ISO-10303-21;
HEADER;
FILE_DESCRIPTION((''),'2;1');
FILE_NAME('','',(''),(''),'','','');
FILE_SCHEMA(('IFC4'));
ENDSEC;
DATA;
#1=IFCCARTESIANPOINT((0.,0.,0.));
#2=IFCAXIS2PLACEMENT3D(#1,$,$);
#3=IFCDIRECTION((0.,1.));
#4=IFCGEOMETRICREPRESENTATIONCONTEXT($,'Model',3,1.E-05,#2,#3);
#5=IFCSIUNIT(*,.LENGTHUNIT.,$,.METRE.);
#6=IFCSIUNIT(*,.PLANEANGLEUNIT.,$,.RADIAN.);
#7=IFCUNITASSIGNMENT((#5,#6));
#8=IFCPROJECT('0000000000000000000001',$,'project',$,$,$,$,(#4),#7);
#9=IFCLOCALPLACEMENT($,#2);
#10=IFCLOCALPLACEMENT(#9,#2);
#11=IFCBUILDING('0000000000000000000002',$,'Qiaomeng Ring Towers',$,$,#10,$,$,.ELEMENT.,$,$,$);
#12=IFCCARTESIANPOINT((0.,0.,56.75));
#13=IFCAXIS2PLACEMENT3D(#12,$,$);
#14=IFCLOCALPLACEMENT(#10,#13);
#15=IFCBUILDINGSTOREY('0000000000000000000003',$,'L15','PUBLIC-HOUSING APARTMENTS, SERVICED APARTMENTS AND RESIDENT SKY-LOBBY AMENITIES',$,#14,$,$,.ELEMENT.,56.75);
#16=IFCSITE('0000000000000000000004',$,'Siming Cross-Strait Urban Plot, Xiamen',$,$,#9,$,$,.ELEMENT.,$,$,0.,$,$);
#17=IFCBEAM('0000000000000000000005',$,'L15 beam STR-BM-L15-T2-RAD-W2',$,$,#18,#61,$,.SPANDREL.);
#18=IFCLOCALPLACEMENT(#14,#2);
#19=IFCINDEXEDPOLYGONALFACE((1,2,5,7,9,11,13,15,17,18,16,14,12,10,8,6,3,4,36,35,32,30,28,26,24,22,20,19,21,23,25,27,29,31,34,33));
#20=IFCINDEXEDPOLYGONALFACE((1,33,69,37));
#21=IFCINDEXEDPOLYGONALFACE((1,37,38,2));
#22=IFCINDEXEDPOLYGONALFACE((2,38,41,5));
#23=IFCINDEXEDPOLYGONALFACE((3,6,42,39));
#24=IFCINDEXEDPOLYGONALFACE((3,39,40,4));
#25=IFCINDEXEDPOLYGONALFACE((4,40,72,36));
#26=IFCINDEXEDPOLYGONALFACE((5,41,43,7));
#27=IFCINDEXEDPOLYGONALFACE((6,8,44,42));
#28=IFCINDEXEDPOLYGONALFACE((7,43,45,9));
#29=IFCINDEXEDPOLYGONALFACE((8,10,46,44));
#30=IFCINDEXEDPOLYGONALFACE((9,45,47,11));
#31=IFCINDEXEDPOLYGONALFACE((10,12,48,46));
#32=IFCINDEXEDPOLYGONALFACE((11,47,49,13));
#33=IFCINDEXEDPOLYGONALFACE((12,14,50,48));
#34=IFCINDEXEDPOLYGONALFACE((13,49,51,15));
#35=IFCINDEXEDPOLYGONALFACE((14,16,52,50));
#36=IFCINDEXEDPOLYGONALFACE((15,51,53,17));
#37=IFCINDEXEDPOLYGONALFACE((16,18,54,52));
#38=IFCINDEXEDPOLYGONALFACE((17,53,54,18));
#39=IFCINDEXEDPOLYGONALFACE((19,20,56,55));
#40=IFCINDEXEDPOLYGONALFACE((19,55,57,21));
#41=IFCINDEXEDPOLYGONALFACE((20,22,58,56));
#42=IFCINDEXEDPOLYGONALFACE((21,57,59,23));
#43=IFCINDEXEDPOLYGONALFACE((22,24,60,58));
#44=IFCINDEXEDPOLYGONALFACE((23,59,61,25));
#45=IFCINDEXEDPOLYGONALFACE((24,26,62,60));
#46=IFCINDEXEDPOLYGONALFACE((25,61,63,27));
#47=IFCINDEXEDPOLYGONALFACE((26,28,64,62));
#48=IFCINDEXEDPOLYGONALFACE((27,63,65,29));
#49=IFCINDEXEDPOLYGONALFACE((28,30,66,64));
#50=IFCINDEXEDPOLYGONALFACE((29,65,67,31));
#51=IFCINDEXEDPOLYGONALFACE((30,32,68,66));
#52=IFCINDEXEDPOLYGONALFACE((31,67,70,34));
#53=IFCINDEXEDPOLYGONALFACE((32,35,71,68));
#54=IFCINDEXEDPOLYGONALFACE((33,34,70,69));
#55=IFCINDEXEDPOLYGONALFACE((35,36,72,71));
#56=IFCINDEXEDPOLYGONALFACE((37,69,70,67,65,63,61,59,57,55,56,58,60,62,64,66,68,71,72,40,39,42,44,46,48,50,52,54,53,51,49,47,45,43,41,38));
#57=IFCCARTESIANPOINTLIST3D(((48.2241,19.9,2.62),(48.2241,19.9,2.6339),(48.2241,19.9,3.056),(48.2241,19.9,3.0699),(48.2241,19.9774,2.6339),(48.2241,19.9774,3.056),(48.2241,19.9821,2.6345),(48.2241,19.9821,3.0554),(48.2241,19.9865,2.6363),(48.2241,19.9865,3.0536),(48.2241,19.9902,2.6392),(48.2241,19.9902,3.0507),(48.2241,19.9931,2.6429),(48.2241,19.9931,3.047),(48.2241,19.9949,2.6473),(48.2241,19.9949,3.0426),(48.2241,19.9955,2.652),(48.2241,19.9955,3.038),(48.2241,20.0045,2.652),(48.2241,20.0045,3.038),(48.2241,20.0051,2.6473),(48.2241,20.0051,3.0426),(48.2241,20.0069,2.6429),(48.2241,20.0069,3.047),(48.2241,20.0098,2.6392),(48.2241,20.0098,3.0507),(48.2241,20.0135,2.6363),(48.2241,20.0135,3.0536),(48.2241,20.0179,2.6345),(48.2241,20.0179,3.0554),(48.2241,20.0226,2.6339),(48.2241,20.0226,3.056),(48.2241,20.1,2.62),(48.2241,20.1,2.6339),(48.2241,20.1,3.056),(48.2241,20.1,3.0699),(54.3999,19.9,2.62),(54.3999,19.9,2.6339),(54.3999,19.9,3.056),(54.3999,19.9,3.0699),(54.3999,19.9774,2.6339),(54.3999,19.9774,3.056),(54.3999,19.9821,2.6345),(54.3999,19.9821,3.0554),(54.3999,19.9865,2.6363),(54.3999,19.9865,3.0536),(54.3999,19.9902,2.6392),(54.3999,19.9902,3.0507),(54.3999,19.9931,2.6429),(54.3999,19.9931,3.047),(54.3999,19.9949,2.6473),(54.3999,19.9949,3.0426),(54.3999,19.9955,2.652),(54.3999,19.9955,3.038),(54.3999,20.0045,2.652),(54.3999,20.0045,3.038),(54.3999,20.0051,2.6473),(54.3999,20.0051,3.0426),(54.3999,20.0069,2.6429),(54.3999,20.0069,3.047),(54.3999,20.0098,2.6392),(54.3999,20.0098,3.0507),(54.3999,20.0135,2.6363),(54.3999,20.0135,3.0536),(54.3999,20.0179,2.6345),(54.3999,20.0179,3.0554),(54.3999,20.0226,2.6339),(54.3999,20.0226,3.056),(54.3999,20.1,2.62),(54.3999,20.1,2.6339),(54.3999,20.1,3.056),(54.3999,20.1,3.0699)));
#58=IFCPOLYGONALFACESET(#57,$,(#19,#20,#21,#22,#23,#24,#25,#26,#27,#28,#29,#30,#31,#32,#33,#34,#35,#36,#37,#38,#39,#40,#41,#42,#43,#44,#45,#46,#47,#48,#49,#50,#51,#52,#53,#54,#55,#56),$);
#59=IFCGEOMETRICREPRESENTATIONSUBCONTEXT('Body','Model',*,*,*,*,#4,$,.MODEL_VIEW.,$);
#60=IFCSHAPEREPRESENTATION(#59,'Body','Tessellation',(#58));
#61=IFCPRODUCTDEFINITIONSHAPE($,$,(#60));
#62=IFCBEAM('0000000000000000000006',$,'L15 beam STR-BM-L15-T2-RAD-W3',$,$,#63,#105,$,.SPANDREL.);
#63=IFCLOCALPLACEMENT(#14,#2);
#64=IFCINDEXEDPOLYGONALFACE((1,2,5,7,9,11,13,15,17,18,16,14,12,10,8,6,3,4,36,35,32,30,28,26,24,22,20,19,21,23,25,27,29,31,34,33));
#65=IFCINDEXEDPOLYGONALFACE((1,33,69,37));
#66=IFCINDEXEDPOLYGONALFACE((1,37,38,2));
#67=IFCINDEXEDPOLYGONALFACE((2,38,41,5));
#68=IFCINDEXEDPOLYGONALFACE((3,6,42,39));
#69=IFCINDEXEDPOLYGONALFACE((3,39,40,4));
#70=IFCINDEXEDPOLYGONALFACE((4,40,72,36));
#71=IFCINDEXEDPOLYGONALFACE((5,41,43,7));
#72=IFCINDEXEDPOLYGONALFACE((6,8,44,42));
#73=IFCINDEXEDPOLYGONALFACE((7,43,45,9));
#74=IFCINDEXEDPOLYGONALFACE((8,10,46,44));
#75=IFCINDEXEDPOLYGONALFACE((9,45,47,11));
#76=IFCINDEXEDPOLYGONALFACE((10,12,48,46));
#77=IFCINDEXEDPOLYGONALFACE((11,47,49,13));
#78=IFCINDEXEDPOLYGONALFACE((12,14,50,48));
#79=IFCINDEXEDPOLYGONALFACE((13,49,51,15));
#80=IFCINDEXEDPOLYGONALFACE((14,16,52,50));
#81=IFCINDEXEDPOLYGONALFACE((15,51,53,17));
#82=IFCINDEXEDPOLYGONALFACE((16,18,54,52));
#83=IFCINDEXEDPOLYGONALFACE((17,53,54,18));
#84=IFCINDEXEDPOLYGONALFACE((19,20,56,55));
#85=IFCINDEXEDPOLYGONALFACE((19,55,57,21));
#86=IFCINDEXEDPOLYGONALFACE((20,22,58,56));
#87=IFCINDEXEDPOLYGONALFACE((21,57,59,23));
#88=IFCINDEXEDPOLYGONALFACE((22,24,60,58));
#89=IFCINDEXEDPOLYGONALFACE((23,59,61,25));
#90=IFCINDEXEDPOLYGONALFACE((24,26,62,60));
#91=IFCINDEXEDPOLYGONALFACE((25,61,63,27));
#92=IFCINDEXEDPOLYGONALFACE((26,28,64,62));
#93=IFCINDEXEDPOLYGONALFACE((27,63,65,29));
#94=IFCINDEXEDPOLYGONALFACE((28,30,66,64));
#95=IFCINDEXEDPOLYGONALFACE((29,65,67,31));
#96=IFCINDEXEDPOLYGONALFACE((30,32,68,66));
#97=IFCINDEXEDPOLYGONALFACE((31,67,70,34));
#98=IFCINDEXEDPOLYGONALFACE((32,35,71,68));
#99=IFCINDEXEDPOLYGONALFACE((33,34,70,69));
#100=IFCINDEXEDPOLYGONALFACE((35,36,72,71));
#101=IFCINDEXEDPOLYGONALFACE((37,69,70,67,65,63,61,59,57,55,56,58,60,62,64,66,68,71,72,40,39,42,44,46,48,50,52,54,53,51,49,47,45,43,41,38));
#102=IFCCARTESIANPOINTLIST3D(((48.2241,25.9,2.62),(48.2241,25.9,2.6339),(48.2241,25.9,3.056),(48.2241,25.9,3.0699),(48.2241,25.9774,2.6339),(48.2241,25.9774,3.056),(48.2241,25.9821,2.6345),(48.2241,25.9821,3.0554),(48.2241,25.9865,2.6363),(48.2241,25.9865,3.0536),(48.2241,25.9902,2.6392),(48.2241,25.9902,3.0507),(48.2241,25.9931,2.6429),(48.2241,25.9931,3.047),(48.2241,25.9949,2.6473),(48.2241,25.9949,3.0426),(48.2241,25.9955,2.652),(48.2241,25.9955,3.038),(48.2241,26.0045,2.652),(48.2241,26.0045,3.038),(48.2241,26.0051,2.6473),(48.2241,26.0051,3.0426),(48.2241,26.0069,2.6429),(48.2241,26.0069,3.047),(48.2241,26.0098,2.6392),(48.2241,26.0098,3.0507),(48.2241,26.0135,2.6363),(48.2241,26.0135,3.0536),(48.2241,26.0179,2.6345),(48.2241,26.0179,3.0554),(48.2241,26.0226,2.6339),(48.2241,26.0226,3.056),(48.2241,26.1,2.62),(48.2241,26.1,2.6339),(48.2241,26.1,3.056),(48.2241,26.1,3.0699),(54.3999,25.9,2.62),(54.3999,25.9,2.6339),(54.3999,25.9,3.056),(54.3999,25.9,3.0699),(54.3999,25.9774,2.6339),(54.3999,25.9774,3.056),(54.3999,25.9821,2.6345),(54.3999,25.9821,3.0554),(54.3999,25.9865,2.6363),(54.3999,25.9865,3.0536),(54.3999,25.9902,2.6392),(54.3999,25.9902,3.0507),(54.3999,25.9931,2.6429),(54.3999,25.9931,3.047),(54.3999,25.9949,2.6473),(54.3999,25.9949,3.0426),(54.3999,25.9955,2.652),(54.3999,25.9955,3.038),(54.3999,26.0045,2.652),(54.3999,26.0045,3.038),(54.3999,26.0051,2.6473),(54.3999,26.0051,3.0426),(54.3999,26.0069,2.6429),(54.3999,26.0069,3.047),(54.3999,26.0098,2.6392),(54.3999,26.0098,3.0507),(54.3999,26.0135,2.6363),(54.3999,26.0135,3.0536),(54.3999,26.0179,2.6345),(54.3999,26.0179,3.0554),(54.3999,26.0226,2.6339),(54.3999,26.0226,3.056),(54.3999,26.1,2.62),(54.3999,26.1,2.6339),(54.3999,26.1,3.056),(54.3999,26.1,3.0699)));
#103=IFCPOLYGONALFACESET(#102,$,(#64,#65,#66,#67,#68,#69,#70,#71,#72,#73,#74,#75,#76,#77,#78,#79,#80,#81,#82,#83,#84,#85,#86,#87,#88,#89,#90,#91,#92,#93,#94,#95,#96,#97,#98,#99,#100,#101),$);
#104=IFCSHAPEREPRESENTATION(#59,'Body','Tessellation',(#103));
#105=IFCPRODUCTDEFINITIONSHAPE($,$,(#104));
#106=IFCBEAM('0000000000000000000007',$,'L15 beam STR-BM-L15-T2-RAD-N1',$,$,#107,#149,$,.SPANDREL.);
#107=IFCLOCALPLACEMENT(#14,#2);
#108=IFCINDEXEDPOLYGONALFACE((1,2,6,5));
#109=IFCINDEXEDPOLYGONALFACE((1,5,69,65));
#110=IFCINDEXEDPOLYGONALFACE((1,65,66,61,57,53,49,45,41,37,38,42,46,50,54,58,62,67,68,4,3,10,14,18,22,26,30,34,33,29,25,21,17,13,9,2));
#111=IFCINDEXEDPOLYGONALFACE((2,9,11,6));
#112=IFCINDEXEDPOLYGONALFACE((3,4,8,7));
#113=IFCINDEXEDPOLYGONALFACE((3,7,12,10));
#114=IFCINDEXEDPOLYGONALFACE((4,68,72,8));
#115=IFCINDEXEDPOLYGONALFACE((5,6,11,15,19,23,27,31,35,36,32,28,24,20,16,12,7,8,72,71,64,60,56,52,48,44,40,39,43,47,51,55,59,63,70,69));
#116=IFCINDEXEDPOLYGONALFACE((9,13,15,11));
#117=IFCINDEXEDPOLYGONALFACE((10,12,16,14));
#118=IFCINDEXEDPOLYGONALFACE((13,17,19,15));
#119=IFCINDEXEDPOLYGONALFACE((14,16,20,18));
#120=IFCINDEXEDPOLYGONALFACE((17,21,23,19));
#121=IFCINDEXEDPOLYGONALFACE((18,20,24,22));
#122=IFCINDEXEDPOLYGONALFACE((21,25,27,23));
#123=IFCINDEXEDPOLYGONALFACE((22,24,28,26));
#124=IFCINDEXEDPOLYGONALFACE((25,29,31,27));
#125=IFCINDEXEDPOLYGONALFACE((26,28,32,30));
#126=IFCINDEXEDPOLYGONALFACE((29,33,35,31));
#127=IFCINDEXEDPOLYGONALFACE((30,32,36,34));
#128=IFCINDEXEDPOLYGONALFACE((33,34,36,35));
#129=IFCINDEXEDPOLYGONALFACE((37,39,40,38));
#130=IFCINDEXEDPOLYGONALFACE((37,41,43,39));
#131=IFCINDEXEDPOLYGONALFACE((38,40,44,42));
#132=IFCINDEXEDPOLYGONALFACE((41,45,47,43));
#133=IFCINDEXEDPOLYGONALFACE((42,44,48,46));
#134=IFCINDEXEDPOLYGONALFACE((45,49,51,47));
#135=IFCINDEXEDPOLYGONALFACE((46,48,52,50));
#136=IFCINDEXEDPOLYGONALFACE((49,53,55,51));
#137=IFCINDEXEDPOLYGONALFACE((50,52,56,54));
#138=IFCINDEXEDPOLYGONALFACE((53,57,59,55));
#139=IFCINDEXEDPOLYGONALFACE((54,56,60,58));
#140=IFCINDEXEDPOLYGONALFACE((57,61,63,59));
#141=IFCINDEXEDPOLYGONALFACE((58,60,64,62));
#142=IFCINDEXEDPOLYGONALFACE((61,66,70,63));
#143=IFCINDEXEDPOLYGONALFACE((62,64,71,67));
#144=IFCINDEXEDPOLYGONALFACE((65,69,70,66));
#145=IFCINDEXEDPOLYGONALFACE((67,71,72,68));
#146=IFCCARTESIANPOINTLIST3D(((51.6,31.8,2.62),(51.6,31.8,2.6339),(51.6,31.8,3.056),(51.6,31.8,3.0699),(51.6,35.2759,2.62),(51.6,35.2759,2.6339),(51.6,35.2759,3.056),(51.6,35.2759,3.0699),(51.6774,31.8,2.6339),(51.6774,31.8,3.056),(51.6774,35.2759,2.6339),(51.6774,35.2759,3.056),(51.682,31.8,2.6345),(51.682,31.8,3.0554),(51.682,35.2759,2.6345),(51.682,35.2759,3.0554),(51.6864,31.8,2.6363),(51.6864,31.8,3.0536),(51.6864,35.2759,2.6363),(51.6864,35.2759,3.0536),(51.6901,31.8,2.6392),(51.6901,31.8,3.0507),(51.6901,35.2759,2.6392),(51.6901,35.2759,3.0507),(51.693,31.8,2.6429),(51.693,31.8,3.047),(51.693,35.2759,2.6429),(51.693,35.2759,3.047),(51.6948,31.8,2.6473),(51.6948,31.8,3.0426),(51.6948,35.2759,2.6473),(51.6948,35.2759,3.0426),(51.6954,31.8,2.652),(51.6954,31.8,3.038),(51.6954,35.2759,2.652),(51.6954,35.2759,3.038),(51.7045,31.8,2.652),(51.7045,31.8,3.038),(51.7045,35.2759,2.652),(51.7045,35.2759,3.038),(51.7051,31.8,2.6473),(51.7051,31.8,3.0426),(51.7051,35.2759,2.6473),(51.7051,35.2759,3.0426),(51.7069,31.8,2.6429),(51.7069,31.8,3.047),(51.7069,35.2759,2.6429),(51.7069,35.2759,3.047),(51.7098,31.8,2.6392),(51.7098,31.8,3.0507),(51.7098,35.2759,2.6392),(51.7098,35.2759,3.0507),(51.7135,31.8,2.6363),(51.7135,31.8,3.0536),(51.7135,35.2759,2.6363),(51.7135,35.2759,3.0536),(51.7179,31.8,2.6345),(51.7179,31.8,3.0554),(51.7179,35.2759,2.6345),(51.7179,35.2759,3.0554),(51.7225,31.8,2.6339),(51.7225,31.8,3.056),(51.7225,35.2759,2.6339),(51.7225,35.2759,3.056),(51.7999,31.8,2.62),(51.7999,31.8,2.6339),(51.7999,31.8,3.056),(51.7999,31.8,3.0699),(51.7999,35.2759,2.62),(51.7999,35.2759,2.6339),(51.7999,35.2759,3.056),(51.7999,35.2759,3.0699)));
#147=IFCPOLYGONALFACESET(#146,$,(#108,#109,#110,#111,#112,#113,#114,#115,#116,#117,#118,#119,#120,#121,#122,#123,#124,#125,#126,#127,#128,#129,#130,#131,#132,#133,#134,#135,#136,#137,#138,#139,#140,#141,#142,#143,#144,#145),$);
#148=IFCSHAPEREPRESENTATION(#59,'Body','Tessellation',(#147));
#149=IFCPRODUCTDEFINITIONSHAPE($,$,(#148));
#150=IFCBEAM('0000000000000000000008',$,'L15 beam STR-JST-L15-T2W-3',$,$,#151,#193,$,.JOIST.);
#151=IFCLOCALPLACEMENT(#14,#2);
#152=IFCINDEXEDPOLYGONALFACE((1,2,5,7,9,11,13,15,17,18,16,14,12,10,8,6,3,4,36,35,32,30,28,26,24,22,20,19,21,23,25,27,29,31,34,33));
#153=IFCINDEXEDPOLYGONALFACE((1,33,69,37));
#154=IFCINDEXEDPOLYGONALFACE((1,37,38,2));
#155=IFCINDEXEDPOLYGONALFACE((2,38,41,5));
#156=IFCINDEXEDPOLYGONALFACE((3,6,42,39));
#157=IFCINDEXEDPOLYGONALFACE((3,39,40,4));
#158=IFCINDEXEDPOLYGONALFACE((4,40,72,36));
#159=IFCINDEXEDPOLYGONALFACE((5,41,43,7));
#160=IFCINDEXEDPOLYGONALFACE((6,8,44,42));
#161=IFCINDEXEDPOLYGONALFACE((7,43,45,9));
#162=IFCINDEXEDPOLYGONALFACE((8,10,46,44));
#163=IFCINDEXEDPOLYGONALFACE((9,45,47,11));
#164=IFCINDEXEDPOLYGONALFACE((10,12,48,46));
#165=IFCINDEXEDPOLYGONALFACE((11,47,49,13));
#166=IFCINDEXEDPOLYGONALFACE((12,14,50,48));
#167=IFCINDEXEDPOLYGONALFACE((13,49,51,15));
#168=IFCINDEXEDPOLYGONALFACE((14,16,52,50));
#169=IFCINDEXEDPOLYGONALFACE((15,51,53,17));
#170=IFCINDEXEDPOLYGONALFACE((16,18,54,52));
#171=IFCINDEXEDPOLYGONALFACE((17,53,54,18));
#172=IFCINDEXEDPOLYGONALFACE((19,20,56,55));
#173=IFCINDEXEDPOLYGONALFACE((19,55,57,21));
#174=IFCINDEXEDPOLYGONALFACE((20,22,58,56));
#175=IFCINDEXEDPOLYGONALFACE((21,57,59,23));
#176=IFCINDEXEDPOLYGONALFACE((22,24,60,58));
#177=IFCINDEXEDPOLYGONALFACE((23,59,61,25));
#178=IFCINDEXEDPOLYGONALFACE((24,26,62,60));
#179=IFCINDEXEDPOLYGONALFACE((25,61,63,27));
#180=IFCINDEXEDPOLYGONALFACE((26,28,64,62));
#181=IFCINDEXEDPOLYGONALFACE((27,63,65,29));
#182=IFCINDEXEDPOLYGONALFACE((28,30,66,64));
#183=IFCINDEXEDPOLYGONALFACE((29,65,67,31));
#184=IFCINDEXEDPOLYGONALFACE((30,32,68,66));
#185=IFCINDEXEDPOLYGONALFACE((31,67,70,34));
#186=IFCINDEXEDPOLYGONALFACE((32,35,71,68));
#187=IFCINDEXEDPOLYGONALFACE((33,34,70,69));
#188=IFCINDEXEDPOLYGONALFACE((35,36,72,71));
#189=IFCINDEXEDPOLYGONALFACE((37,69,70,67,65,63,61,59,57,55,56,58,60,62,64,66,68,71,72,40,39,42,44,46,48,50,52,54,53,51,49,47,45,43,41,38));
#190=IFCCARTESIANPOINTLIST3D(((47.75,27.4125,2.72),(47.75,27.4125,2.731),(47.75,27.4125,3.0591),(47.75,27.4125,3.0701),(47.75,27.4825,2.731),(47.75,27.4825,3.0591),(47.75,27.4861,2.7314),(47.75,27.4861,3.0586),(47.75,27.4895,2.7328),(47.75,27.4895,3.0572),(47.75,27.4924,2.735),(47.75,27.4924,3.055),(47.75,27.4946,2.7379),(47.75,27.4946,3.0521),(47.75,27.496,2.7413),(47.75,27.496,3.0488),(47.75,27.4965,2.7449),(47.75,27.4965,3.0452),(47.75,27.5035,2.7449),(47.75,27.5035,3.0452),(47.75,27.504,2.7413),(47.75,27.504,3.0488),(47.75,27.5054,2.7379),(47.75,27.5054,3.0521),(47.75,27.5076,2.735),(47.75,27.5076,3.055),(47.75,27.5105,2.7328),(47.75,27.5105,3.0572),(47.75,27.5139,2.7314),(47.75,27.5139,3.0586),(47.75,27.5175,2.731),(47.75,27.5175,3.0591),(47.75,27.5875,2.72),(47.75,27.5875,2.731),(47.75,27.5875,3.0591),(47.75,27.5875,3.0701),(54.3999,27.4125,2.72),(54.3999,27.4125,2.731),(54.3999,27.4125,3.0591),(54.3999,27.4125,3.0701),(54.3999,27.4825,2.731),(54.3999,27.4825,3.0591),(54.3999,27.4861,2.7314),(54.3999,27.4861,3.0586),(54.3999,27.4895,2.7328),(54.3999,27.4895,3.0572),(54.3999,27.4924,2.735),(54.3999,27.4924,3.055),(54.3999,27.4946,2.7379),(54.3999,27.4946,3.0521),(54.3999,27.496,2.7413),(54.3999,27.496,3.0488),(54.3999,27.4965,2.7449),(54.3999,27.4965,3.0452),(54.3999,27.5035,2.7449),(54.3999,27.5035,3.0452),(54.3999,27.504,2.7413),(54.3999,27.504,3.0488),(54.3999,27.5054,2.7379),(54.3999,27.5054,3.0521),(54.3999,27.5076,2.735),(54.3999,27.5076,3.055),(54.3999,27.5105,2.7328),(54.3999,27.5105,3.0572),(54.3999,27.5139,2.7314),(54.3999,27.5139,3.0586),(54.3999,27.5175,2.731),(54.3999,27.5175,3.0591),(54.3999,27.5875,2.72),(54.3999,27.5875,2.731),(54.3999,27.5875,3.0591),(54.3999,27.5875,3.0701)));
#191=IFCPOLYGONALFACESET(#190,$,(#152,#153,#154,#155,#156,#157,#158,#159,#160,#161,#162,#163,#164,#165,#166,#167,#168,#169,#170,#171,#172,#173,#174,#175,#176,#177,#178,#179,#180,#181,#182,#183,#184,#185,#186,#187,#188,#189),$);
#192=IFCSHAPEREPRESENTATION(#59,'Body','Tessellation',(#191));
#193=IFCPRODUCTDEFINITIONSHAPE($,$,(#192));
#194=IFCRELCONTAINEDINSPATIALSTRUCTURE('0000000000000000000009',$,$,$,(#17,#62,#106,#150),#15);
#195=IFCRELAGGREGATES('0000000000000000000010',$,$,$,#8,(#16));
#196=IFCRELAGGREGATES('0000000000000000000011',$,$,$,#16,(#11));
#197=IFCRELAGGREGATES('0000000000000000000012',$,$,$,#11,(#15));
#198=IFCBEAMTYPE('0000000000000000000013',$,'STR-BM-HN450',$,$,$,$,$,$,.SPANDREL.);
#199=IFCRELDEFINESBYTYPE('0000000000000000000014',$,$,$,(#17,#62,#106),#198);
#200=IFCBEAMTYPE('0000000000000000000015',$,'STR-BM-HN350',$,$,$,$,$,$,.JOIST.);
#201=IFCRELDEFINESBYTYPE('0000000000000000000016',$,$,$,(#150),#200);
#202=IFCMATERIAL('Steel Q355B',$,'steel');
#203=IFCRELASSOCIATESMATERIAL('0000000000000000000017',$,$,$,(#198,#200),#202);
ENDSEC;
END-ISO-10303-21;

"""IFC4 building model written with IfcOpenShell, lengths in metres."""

from ifc_helpers import new_model, si_unit, direction, frame, origin, origin_2d, place, context, subcontext, project, spatial, i_section, extrude, source, transform, mapped, material, material_profile, profile_set, type_object, element, save


model = new_model("IFC4")

# Units and contexts
model_context = context("Model", 3, precision=1e-05, world=origin(), true_north=direction((0.0, 1.0)))
body_context = subcontext(model_context, "Body", "Model", "MODEL_VIEW")
ifc_project = project(units=[si_unit("LENGTHUNIT", "METRE"), si_unit("PLANEANGLEUNIT", "RADIAN")], contexts=[model_context])

# Site, building, storey
site_placement = place(None, origin())
site = spatial("IfcSite", under=ifc_project, at=site_placement, Name="Siming Cross-Strait Urban Plot, Xiamen", CompositionType="ELEMENT", RefElevation=0.0)
building_placement = place(site_placement, origin())
building = spatial("IfcBuilding", under=site, at=building_placement, Name="Qiaomeng Ring Towers", CompositionType="ELEMENT")
storey_placement = place(building_placement, frame((0.0, 0.0, 56.75)))
storey = spatial("IfcBuildingStorey", under=building, at=storey_placement, Name="L15", Description="PUBLIC-HOUSING APARTMENTS, SERVICED APARTMENTS AND RESIDENT SKY-LOBBY AMENITIES", CompositionType="ELEMENT", Elevation=56.75)

# Beams
ifc_material_1 = material(Name="Steel Q355B", Category="steel")
ifc_material_profile_1 = material_profile(ifc_material_1, i_section(OverallWidth=0.2, OverallDepth=0.45, WebThickness=0.009, FlangeThickness=0.0139, FilletRadius=0.0181, at=origin_2d()), Name="HN 450x200x9x14")
ifc_profile_set_1 = profile_set([ifc_material_profile_1], Name="Steel Q355B")
beam_type_1 = type_object("IfcBeamType", Name="STR-BM-HN450", PredefinedType="SPANDREL", material=ifc_profile_set_1)
shared_shape_1 = source(origin(), body_context, "Body", "SweptSolid", [
    extrude(i_section(OverallWidth=0.2, OverallDepth=0.45, WebThickness=0.009, FlangeThickness=0.0139, FilletRadius=0.0181, at=origin_2d()), origin(), (0.0, 0.0, 1.0), 6.1758),
])
for number, where, z_axis, x_axis, name in (
    (1, (48.2241, 20.0, 2.845), (1.0, 0.0, 0.0), (0.0, 1.0, 0.0), "L15 beam STR-BM-L15-T2-RAD-W2"),
    (2, (48.2241, 26.0, 2.845), (1.0, 0.0, 0.0), (0.0, 1.0, 0.0), "L15 beam STR-BM-L15-T2-RAD-W3"),
):
    element("IfcBeam", number, at=place(storey_placement, frame(where, z_axis=z_axis, x_axis=x_axis)), inside=storey, type_object=beam_type_1, Name=name, PredefinedType="SPANDREL", context=body_context, shape_type="MappedRepresentation", body=[
        mapped(shared_shape_1, transform((0.0, 0.0, 0.0), x_axis=(1.0, 0.0, 0.0), y_axis=(0.0, 1.0, 0.0), z_axis=(0.0, 0.0, 1.0), scale=1.0)),
    ])
shared_shape_2 = source(origin(), body_context, "Body", "SweptSolid", [
    extrude(i_section(OverallWidth=0.2, OverallDepth=0.45, WebThickness=0.009, FlangeThickness=0.0139, FilletRadius=0.0181, at=origin_2d()), origin(), (0.0, 0.0, 1.0), 3.4758),
])
beam_1_placement = place(storey_placement, frame((51.7, 35.2759, 2.845), z_axis=(0.0, -1.0, 0.0), x_axis=(1.0, 0.0, 0.0)))
element("IfcBeam", 3, at=beam_1_placement, inside=storey, type_object=beam_type_1, Name="L15 beam STR-BM-L15-T2-RAD-N1", PredefinedType="SPANDREL", context=body_context, shape_type="MappedRepresentation", body=[
    mapped(shared_shape_2, transform((0.0, 0.0, 0.0), x_axis=(1.0, 0.0, 0.0), y_axis=(0.0, 1.0, 0.0), z_axis=(0.0, 0.0, 1.0), scale=1.0)),
])
ifc_material_profile_2 = material_profile(ifc_material_1, i_section(OverallWidth=0.175, OverallDepth=0.3501, WebThickness=0.0071, FlangeThickness=0.011, FilletRadius=0.0139, at=origin_2d()), Name="HN 350x175x7x11")
ifc_profile_set_2 = profile_set([ifc_material_profile_2], Name="Steel Q355B")
beam_type_2 = type_object("IfcBeamType", Name="STR-BM-HN350", PredefinedType="JOIST", material=ifc_profile_set_2)
shared_shape_3 = source(origin(), body_context, "Body", "SweptSolid", [
    extrude(i_section(OverallWidth=0.175, OverallDepth=0.3501, WebThickness=0.0071, FlangeThickness=0.011, FilletRadius=0.0139, at=origin_2d()), origin(), (0.0, 0.0, 1.0), 6.6499),
])
beam_2_placement = place(storey_placement, frame((47.75, 27.5, 2.895), z_axis=(1.0, 0.0, 0.0), x_axis=(0.0, 1.0, 0.0)))
element("IfcBeam", 4, at=beam_2_placement, inside=storey, type_object=beam_type_2, Name="L15 beam STR-JST-L15-T2W-3", PredefinedType="JOIST", context=body_context, shape_type="MappedRepresentation", body=[
    mapped(shared_shape_3, transform((0.0, 0.0, 0.0), x_axis=(1.0, 0.0, 0.0), y_axis=(0.0, 1.0, 0.0), z_axis=(0.0, 0.0, 1.0), scale=1.0)),
])

save(model, "model.ifc")
